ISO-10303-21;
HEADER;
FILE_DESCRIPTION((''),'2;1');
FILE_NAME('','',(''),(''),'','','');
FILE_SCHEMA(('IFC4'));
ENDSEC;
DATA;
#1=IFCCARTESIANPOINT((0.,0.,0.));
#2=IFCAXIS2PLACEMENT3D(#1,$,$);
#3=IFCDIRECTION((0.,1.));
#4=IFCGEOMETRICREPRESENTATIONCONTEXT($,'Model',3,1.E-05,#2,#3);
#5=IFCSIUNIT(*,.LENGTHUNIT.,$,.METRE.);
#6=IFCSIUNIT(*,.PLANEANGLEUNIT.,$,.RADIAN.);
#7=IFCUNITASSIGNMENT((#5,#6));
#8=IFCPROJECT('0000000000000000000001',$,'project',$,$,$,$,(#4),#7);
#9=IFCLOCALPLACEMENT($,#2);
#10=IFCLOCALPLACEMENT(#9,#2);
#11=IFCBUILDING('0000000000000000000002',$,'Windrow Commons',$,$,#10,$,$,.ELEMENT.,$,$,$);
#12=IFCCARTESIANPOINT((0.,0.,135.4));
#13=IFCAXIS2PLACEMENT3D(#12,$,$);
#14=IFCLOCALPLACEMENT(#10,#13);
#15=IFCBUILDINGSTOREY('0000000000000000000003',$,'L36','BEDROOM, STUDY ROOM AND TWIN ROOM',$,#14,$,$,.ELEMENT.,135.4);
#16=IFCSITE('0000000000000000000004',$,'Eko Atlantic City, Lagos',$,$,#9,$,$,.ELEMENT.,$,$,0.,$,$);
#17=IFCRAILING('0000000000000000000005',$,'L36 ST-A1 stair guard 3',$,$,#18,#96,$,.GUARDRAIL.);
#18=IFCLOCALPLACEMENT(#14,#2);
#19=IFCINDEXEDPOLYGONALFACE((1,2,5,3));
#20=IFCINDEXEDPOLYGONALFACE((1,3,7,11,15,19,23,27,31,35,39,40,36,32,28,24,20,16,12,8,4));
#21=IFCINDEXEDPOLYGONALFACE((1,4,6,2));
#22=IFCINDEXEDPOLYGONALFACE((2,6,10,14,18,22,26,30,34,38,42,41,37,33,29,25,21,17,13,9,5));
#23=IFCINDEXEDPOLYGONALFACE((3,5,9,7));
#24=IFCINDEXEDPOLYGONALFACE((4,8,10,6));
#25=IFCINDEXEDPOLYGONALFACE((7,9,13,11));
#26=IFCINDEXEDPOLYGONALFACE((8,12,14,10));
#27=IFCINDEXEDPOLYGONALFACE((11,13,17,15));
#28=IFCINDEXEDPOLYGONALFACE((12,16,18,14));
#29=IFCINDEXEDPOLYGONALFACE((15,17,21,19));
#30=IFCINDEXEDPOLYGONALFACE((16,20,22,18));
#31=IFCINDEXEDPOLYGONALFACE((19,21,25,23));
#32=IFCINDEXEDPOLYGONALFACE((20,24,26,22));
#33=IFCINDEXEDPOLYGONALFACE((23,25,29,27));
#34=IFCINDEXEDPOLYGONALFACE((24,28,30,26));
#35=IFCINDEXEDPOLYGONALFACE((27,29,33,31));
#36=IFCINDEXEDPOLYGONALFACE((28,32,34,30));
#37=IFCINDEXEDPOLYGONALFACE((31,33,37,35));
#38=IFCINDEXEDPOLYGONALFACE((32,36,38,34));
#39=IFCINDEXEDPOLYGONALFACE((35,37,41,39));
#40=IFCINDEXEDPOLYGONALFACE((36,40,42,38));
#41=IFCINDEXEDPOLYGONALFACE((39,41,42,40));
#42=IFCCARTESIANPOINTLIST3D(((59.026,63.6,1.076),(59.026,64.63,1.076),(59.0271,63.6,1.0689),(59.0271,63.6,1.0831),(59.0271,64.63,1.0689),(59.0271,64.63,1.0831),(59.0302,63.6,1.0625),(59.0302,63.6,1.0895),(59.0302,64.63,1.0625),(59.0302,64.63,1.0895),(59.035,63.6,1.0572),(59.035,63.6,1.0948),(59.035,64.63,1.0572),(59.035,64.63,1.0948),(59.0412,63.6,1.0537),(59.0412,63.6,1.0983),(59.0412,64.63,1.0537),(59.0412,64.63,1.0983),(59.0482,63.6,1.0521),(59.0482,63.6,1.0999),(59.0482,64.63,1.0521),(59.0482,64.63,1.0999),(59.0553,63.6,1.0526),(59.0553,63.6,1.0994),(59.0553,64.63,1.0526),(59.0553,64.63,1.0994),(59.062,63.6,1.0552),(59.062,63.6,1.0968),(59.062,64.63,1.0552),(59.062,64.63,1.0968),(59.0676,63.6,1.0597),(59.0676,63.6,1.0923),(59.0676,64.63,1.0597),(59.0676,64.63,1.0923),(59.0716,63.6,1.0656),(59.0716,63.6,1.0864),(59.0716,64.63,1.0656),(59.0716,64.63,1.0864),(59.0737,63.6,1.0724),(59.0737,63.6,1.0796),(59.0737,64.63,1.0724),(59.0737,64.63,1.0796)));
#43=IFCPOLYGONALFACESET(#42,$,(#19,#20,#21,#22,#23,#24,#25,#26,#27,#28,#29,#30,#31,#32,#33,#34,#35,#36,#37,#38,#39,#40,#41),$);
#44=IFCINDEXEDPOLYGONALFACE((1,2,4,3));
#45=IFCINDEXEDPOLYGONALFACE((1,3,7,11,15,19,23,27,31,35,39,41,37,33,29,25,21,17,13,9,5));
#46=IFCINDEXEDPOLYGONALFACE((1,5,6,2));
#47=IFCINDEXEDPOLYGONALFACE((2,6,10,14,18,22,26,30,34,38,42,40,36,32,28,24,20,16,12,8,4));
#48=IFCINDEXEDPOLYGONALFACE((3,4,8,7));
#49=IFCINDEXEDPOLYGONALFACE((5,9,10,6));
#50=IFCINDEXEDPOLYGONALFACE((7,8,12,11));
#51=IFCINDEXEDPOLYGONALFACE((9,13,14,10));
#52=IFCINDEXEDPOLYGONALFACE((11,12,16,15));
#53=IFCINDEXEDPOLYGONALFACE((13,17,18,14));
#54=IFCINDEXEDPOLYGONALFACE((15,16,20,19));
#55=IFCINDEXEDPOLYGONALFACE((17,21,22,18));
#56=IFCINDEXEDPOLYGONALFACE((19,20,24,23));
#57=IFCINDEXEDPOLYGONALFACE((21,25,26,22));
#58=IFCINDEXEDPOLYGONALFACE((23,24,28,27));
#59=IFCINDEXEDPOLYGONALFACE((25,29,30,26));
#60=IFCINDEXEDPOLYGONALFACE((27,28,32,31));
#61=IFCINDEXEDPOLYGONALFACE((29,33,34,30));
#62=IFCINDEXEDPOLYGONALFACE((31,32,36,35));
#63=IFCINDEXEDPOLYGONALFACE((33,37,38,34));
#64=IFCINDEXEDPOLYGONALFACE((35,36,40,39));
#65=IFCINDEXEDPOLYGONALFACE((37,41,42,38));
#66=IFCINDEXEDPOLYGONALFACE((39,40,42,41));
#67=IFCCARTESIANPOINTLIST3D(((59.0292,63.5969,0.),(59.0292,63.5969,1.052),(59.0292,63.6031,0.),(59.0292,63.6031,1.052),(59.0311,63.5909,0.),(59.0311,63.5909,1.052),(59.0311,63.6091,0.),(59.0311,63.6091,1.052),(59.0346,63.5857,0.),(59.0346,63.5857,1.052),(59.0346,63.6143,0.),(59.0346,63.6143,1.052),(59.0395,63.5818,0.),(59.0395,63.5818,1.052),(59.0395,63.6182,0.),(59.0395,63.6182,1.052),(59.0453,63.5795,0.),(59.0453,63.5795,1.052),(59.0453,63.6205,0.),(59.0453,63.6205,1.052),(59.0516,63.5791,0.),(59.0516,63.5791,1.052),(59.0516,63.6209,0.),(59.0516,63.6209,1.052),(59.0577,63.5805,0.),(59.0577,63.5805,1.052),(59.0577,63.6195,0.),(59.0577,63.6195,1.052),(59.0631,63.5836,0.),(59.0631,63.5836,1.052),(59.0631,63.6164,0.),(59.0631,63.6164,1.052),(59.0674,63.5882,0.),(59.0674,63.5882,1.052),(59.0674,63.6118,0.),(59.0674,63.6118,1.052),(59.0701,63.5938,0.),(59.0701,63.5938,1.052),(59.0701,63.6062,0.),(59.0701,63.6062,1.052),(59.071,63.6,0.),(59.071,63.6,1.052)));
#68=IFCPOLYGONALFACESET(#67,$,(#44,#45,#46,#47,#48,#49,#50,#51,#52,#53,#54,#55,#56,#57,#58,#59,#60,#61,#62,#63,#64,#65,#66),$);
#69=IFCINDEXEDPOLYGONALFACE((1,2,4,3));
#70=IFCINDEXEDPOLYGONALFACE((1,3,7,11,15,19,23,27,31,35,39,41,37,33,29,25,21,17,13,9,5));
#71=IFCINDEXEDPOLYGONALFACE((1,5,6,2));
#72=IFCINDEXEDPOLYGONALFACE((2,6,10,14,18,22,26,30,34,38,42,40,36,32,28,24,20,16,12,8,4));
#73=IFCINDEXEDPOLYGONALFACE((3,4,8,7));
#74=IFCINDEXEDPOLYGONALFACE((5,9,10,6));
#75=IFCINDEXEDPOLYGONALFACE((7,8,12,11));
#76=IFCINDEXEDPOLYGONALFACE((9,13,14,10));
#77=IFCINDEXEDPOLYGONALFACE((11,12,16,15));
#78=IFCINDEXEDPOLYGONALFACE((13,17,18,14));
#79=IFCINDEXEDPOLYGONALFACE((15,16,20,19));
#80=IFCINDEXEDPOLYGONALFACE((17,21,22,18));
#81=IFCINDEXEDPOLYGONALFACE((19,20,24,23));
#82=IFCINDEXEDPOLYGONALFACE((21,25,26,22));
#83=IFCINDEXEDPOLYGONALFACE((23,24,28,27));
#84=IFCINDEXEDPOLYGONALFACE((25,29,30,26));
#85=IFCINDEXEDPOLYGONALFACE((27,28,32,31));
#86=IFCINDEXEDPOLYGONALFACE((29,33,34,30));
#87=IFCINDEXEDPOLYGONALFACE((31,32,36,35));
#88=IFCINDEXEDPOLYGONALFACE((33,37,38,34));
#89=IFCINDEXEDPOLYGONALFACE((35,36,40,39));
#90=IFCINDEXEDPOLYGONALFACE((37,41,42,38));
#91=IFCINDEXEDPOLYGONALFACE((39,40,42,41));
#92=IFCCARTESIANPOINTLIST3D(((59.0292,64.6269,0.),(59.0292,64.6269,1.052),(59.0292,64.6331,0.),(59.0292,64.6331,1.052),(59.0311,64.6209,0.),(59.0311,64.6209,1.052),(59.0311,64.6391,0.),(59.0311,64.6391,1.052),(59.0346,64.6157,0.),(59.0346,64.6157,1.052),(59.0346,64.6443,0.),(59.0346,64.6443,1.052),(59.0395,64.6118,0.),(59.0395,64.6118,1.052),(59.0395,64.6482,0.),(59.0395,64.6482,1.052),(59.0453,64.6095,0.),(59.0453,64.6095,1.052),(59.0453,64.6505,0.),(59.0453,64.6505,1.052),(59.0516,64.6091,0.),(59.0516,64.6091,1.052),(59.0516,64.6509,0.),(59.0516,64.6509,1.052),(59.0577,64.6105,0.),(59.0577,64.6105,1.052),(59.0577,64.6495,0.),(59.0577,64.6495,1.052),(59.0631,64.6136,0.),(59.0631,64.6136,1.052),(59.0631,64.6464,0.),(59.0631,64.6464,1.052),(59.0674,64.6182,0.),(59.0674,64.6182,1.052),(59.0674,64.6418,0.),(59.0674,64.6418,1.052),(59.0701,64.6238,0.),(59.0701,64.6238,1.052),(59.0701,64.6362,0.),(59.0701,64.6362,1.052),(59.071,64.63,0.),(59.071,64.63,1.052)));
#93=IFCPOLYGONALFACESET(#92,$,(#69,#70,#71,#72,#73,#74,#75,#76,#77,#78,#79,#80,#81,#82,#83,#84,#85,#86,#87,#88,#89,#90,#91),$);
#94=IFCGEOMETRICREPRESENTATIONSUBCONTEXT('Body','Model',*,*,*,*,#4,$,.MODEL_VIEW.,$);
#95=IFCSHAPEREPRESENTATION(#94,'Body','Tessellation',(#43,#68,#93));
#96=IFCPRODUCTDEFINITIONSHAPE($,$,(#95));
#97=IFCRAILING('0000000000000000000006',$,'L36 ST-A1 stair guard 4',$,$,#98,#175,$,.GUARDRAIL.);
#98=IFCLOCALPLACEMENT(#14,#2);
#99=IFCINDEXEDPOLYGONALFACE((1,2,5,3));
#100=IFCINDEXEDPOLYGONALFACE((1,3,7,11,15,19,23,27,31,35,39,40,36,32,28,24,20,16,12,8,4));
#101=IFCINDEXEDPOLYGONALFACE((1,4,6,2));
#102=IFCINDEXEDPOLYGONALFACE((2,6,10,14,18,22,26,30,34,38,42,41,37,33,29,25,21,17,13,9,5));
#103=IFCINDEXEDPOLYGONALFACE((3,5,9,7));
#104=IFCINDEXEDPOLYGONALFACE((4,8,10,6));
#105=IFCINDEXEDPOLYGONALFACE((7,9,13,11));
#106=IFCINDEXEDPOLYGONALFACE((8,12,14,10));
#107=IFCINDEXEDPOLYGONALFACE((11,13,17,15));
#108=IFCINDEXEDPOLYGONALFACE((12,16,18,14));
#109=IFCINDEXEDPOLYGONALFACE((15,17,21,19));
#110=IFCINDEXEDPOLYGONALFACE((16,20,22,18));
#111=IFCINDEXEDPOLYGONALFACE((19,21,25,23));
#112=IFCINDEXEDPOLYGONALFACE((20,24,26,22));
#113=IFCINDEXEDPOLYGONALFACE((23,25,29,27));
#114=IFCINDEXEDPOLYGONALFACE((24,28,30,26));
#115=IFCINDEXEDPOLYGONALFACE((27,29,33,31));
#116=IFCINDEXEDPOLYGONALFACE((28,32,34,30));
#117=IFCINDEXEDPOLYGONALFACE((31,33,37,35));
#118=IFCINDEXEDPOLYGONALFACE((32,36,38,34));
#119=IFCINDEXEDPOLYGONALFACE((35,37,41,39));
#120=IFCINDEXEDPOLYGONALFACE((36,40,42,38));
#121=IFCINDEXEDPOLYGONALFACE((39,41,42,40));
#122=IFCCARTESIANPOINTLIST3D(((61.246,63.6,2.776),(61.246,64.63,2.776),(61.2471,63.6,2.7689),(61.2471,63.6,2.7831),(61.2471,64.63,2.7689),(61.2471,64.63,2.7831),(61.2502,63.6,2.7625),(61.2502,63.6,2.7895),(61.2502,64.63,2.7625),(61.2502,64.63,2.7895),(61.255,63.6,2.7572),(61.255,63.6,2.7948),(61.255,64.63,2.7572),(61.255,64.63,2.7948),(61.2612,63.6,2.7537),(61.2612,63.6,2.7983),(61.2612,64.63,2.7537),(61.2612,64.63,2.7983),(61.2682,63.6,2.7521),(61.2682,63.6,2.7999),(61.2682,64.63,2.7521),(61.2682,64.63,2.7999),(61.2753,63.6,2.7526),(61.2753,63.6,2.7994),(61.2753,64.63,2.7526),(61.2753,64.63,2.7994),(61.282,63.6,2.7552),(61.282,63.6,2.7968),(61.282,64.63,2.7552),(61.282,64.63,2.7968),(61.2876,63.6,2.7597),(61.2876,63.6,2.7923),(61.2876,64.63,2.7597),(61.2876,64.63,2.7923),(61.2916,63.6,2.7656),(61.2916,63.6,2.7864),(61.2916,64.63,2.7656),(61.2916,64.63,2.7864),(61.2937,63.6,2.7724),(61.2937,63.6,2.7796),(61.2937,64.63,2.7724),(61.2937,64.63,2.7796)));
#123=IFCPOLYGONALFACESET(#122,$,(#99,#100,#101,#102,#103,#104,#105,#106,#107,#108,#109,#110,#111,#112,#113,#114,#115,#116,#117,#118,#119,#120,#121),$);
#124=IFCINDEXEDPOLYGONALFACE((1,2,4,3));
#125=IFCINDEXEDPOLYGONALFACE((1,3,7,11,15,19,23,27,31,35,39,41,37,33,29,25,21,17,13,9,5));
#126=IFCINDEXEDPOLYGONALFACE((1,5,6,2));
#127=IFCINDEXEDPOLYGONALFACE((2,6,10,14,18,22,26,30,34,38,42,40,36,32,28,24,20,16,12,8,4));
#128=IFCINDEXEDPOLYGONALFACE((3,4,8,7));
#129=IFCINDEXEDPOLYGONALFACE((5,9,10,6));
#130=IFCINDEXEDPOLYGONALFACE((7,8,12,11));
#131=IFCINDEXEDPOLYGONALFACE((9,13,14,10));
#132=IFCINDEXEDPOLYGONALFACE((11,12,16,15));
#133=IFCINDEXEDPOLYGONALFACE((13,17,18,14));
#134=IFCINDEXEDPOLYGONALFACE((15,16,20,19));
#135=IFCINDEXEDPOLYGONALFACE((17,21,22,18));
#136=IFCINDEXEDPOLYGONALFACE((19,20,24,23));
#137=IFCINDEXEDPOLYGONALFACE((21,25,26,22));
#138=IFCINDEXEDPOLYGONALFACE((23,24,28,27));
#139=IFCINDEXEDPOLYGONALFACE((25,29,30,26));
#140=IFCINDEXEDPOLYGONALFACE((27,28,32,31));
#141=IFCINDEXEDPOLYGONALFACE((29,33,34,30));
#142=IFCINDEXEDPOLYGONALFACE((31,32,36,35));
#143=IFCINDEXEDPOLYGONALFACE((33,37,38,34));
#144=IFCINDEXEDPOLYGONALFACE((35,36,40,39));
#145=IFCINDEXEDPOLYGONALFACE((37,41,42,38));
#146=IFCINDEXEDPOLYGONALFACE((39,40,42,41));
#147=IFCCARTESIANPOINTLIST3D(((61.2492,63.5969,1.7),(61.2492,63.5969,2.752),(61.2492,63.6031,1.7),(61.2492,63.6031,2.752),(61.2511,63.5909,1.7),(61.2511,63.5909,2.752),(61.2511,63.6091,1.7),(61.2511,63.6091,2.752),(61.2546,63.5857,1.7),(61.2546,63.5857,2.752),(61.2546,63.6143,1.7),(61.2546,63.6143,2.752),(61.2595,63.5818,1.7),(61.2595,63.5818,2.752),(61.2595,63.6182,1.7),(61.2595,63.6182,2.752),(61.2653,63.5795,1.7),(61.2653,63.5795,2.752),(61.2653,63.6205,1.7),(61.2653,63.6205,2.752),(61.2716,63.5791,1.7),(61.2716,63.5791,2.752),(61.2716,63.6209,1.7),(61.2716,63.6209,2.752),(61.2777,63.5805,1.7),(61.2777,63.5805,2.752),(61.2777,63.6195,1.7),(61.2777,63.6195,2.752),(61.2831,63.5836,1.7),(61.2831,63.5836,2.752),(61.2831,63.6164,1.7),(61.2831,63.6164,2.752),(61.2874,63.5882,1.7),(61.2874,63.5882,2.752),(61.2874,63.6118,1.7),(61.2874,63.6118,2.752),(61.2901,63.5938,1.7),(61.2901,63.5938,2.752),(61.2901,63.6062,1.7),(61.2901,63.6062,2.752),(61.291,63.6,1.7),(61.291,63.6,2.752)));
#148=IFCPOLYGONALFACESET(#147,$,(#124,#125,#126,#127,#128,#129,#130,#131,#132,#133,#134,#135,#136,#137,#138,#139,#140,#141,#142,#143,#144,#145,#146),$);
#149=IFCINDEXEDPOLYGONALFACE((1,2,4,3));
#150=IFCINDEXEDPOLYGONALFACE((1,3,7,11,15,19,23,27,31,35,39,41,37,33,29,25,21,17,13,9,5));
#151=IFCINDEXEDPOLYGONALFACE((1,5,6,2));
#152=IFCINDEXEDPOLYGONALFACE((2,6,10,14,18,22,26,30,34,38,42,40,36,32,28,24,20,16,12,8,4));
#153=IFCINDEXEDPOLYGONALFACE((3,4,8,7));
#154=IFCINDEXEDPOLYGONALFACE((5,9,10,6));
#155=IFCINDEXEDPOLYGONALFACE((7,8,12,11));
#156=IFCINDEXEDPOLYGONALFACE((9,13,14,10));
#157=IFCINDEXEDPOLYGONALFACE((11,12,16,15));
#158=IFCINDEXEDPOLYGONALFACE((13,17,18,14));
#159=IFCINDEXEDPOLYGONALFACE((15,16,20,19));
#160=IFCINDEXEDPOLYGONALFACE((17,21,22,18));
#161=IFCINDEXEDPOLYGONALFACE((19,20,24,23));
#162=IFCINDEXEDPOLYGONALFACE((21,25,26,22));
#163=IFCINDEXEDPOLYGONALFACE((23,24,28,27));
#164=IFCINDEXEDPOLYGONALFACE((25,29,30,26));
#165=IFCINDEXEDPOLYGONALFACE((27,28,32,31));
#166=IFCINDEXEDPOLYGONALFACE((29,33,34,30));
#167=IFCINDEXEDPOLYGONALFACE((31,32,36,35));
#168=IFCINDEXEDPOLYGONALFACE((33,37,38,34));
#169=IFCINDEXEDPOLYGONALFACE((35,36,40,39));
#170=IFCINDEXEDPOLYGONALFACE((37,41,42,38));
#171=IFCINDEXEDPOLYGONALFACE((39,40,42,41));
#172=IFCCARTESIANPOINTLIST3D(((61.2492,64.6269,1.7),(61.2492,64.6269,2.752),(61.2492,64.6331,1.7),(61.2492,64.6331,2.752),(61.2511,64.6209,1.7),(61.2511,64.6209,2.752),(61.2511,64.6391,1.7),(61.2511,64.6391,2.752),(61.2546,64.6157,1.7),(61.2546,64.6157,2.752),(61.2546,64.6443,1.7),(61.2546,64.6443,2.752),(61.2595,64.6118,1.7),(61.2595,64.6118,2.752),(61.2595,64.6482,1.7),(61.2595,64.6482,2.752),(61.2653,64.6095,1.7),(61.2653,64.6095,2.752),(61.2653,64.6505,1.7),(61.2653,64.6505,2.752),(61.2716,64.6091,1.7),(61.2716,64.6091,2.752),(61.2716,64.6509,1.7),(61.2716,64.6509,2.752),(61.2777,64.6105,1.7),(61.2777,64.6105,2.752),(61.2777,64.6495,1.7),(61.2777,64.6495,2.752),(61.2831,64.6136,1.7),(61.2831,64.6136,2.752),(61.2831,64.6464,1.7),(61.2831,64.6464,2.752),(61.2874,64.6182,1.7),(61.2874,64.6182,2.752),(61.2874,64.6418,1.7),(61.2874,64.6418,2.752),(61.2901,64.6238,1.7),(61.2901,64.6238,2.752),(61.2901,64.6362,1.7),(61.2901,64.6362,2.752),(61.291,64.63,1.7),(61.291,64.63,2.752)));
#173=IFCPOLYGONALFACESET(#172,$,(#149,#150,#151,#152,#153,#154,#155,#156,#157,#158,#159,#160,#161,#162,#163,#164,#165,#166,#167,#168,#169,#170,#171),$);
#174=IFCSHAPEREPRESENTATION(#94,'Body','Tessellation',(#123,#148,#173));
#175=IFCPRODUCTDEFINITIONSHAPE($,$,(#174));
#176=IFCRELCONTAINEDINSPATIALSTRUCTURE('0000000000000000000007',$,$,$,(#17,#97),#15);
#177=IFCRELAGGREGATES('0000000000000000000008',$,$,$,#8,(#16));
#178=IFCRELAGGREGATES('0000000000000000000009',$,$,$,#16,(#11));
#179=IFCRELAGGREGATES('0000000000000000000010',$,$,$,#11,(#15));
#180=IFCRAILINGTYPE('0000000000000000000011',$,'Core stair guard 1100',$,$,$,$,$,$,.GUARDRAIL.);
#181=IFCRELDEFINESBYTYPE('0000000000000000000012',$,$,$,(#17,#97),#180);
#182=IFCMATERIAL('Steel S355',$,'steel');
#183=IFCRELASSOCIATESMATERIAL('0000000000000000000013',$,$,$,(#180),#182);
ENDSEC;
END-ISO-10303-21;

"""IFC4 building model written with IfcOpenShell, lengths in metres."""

from ifc_helpers import new_model, si_unit, direction, frame, origin, origin_2d, place, context, subcontext, project, spatial, circle, extrude, material, type_object, element, save


model = new_model("IFC4")

# Units and contexts
model_context = context("Model", 3, precision=1e-05, world=origin(), true_north=direction((0.0, 1.0)))
body_context = subcontext(model_context, "Body", "Model", "MODEL_VIEW")
ifc_project = project(units=[si_unit("LENGTHUNIT", "METRE"), si_unit("PLANEANGLEUNIT", "RADIAN")], contexts=[model_context])

# Site, building, storey
site_placement = place(None, origin())
site = spatial("IfcSite", under=ifc_project, at=site_placement, Name="Eko Atlantic City, Lagos", CompositionType="ELEMENT", RefElevation=0.0)
building_placement = place(site_placement, origin())
building = spatial("IfcBuilding", under=site, at=building_placement, Name="Windrow Commons", CompositionType="ELEMENT")
storey_placement = place(building_placement, frame((0.0, 0.0, 135.4)))
storey = spatial("IfcBuildingStorey", under=building, at=storey_placement, Name="L36", Description="BEDROOM, STUDY ROOM AND TWIN ROOM", CompositionType="ELEMENT", Elevation=135.4)

# Railings
ifc_material_1 = material(Name="Steel S355", Category="steel")
railing_type_1 = type_object("IfcRailingType", Name="Core stair guard 1100", PredefinedType="GUARDRAIL", material=ifc_material_1)
for number, where, name in (
    (1, (59.05, 63.6, 0.0), "L36 ST-A1 stair guard 3"),
    (2, (61.27, 63.6, 1.7), "L36 ST-A1 stair guard 4"),
):
    element("IfcRailing", number, at=place(storey_placement, frame(where)), inside=storey, type_object=railing_type_1, Name=name, PredefinedType="GUARDRAIL", context=body_context, shape_type="SweptSolid", body=[
        extrude(circle(Radius=0.024, at=origin_2d()), frame((0.0, 0.0, 1.076), z_axis=(0.0, 1.0, 0.0), x_axis=(-1.0, 0.0, 0.0)), (0.0, 0.0, 1.0), 1.03),
        extrude(circle(Radius=0.021, at=origin_2d()), origin(), (0.0, 0.0, 1.0), 1.052),
        extrude(circle(Radius=0.021, at=origin_2d()), frame((0.0, 1.03, 0.0)), (0.0, 0.0, 1.0), 1.052),
    ])

save(model, "model.ifc")
